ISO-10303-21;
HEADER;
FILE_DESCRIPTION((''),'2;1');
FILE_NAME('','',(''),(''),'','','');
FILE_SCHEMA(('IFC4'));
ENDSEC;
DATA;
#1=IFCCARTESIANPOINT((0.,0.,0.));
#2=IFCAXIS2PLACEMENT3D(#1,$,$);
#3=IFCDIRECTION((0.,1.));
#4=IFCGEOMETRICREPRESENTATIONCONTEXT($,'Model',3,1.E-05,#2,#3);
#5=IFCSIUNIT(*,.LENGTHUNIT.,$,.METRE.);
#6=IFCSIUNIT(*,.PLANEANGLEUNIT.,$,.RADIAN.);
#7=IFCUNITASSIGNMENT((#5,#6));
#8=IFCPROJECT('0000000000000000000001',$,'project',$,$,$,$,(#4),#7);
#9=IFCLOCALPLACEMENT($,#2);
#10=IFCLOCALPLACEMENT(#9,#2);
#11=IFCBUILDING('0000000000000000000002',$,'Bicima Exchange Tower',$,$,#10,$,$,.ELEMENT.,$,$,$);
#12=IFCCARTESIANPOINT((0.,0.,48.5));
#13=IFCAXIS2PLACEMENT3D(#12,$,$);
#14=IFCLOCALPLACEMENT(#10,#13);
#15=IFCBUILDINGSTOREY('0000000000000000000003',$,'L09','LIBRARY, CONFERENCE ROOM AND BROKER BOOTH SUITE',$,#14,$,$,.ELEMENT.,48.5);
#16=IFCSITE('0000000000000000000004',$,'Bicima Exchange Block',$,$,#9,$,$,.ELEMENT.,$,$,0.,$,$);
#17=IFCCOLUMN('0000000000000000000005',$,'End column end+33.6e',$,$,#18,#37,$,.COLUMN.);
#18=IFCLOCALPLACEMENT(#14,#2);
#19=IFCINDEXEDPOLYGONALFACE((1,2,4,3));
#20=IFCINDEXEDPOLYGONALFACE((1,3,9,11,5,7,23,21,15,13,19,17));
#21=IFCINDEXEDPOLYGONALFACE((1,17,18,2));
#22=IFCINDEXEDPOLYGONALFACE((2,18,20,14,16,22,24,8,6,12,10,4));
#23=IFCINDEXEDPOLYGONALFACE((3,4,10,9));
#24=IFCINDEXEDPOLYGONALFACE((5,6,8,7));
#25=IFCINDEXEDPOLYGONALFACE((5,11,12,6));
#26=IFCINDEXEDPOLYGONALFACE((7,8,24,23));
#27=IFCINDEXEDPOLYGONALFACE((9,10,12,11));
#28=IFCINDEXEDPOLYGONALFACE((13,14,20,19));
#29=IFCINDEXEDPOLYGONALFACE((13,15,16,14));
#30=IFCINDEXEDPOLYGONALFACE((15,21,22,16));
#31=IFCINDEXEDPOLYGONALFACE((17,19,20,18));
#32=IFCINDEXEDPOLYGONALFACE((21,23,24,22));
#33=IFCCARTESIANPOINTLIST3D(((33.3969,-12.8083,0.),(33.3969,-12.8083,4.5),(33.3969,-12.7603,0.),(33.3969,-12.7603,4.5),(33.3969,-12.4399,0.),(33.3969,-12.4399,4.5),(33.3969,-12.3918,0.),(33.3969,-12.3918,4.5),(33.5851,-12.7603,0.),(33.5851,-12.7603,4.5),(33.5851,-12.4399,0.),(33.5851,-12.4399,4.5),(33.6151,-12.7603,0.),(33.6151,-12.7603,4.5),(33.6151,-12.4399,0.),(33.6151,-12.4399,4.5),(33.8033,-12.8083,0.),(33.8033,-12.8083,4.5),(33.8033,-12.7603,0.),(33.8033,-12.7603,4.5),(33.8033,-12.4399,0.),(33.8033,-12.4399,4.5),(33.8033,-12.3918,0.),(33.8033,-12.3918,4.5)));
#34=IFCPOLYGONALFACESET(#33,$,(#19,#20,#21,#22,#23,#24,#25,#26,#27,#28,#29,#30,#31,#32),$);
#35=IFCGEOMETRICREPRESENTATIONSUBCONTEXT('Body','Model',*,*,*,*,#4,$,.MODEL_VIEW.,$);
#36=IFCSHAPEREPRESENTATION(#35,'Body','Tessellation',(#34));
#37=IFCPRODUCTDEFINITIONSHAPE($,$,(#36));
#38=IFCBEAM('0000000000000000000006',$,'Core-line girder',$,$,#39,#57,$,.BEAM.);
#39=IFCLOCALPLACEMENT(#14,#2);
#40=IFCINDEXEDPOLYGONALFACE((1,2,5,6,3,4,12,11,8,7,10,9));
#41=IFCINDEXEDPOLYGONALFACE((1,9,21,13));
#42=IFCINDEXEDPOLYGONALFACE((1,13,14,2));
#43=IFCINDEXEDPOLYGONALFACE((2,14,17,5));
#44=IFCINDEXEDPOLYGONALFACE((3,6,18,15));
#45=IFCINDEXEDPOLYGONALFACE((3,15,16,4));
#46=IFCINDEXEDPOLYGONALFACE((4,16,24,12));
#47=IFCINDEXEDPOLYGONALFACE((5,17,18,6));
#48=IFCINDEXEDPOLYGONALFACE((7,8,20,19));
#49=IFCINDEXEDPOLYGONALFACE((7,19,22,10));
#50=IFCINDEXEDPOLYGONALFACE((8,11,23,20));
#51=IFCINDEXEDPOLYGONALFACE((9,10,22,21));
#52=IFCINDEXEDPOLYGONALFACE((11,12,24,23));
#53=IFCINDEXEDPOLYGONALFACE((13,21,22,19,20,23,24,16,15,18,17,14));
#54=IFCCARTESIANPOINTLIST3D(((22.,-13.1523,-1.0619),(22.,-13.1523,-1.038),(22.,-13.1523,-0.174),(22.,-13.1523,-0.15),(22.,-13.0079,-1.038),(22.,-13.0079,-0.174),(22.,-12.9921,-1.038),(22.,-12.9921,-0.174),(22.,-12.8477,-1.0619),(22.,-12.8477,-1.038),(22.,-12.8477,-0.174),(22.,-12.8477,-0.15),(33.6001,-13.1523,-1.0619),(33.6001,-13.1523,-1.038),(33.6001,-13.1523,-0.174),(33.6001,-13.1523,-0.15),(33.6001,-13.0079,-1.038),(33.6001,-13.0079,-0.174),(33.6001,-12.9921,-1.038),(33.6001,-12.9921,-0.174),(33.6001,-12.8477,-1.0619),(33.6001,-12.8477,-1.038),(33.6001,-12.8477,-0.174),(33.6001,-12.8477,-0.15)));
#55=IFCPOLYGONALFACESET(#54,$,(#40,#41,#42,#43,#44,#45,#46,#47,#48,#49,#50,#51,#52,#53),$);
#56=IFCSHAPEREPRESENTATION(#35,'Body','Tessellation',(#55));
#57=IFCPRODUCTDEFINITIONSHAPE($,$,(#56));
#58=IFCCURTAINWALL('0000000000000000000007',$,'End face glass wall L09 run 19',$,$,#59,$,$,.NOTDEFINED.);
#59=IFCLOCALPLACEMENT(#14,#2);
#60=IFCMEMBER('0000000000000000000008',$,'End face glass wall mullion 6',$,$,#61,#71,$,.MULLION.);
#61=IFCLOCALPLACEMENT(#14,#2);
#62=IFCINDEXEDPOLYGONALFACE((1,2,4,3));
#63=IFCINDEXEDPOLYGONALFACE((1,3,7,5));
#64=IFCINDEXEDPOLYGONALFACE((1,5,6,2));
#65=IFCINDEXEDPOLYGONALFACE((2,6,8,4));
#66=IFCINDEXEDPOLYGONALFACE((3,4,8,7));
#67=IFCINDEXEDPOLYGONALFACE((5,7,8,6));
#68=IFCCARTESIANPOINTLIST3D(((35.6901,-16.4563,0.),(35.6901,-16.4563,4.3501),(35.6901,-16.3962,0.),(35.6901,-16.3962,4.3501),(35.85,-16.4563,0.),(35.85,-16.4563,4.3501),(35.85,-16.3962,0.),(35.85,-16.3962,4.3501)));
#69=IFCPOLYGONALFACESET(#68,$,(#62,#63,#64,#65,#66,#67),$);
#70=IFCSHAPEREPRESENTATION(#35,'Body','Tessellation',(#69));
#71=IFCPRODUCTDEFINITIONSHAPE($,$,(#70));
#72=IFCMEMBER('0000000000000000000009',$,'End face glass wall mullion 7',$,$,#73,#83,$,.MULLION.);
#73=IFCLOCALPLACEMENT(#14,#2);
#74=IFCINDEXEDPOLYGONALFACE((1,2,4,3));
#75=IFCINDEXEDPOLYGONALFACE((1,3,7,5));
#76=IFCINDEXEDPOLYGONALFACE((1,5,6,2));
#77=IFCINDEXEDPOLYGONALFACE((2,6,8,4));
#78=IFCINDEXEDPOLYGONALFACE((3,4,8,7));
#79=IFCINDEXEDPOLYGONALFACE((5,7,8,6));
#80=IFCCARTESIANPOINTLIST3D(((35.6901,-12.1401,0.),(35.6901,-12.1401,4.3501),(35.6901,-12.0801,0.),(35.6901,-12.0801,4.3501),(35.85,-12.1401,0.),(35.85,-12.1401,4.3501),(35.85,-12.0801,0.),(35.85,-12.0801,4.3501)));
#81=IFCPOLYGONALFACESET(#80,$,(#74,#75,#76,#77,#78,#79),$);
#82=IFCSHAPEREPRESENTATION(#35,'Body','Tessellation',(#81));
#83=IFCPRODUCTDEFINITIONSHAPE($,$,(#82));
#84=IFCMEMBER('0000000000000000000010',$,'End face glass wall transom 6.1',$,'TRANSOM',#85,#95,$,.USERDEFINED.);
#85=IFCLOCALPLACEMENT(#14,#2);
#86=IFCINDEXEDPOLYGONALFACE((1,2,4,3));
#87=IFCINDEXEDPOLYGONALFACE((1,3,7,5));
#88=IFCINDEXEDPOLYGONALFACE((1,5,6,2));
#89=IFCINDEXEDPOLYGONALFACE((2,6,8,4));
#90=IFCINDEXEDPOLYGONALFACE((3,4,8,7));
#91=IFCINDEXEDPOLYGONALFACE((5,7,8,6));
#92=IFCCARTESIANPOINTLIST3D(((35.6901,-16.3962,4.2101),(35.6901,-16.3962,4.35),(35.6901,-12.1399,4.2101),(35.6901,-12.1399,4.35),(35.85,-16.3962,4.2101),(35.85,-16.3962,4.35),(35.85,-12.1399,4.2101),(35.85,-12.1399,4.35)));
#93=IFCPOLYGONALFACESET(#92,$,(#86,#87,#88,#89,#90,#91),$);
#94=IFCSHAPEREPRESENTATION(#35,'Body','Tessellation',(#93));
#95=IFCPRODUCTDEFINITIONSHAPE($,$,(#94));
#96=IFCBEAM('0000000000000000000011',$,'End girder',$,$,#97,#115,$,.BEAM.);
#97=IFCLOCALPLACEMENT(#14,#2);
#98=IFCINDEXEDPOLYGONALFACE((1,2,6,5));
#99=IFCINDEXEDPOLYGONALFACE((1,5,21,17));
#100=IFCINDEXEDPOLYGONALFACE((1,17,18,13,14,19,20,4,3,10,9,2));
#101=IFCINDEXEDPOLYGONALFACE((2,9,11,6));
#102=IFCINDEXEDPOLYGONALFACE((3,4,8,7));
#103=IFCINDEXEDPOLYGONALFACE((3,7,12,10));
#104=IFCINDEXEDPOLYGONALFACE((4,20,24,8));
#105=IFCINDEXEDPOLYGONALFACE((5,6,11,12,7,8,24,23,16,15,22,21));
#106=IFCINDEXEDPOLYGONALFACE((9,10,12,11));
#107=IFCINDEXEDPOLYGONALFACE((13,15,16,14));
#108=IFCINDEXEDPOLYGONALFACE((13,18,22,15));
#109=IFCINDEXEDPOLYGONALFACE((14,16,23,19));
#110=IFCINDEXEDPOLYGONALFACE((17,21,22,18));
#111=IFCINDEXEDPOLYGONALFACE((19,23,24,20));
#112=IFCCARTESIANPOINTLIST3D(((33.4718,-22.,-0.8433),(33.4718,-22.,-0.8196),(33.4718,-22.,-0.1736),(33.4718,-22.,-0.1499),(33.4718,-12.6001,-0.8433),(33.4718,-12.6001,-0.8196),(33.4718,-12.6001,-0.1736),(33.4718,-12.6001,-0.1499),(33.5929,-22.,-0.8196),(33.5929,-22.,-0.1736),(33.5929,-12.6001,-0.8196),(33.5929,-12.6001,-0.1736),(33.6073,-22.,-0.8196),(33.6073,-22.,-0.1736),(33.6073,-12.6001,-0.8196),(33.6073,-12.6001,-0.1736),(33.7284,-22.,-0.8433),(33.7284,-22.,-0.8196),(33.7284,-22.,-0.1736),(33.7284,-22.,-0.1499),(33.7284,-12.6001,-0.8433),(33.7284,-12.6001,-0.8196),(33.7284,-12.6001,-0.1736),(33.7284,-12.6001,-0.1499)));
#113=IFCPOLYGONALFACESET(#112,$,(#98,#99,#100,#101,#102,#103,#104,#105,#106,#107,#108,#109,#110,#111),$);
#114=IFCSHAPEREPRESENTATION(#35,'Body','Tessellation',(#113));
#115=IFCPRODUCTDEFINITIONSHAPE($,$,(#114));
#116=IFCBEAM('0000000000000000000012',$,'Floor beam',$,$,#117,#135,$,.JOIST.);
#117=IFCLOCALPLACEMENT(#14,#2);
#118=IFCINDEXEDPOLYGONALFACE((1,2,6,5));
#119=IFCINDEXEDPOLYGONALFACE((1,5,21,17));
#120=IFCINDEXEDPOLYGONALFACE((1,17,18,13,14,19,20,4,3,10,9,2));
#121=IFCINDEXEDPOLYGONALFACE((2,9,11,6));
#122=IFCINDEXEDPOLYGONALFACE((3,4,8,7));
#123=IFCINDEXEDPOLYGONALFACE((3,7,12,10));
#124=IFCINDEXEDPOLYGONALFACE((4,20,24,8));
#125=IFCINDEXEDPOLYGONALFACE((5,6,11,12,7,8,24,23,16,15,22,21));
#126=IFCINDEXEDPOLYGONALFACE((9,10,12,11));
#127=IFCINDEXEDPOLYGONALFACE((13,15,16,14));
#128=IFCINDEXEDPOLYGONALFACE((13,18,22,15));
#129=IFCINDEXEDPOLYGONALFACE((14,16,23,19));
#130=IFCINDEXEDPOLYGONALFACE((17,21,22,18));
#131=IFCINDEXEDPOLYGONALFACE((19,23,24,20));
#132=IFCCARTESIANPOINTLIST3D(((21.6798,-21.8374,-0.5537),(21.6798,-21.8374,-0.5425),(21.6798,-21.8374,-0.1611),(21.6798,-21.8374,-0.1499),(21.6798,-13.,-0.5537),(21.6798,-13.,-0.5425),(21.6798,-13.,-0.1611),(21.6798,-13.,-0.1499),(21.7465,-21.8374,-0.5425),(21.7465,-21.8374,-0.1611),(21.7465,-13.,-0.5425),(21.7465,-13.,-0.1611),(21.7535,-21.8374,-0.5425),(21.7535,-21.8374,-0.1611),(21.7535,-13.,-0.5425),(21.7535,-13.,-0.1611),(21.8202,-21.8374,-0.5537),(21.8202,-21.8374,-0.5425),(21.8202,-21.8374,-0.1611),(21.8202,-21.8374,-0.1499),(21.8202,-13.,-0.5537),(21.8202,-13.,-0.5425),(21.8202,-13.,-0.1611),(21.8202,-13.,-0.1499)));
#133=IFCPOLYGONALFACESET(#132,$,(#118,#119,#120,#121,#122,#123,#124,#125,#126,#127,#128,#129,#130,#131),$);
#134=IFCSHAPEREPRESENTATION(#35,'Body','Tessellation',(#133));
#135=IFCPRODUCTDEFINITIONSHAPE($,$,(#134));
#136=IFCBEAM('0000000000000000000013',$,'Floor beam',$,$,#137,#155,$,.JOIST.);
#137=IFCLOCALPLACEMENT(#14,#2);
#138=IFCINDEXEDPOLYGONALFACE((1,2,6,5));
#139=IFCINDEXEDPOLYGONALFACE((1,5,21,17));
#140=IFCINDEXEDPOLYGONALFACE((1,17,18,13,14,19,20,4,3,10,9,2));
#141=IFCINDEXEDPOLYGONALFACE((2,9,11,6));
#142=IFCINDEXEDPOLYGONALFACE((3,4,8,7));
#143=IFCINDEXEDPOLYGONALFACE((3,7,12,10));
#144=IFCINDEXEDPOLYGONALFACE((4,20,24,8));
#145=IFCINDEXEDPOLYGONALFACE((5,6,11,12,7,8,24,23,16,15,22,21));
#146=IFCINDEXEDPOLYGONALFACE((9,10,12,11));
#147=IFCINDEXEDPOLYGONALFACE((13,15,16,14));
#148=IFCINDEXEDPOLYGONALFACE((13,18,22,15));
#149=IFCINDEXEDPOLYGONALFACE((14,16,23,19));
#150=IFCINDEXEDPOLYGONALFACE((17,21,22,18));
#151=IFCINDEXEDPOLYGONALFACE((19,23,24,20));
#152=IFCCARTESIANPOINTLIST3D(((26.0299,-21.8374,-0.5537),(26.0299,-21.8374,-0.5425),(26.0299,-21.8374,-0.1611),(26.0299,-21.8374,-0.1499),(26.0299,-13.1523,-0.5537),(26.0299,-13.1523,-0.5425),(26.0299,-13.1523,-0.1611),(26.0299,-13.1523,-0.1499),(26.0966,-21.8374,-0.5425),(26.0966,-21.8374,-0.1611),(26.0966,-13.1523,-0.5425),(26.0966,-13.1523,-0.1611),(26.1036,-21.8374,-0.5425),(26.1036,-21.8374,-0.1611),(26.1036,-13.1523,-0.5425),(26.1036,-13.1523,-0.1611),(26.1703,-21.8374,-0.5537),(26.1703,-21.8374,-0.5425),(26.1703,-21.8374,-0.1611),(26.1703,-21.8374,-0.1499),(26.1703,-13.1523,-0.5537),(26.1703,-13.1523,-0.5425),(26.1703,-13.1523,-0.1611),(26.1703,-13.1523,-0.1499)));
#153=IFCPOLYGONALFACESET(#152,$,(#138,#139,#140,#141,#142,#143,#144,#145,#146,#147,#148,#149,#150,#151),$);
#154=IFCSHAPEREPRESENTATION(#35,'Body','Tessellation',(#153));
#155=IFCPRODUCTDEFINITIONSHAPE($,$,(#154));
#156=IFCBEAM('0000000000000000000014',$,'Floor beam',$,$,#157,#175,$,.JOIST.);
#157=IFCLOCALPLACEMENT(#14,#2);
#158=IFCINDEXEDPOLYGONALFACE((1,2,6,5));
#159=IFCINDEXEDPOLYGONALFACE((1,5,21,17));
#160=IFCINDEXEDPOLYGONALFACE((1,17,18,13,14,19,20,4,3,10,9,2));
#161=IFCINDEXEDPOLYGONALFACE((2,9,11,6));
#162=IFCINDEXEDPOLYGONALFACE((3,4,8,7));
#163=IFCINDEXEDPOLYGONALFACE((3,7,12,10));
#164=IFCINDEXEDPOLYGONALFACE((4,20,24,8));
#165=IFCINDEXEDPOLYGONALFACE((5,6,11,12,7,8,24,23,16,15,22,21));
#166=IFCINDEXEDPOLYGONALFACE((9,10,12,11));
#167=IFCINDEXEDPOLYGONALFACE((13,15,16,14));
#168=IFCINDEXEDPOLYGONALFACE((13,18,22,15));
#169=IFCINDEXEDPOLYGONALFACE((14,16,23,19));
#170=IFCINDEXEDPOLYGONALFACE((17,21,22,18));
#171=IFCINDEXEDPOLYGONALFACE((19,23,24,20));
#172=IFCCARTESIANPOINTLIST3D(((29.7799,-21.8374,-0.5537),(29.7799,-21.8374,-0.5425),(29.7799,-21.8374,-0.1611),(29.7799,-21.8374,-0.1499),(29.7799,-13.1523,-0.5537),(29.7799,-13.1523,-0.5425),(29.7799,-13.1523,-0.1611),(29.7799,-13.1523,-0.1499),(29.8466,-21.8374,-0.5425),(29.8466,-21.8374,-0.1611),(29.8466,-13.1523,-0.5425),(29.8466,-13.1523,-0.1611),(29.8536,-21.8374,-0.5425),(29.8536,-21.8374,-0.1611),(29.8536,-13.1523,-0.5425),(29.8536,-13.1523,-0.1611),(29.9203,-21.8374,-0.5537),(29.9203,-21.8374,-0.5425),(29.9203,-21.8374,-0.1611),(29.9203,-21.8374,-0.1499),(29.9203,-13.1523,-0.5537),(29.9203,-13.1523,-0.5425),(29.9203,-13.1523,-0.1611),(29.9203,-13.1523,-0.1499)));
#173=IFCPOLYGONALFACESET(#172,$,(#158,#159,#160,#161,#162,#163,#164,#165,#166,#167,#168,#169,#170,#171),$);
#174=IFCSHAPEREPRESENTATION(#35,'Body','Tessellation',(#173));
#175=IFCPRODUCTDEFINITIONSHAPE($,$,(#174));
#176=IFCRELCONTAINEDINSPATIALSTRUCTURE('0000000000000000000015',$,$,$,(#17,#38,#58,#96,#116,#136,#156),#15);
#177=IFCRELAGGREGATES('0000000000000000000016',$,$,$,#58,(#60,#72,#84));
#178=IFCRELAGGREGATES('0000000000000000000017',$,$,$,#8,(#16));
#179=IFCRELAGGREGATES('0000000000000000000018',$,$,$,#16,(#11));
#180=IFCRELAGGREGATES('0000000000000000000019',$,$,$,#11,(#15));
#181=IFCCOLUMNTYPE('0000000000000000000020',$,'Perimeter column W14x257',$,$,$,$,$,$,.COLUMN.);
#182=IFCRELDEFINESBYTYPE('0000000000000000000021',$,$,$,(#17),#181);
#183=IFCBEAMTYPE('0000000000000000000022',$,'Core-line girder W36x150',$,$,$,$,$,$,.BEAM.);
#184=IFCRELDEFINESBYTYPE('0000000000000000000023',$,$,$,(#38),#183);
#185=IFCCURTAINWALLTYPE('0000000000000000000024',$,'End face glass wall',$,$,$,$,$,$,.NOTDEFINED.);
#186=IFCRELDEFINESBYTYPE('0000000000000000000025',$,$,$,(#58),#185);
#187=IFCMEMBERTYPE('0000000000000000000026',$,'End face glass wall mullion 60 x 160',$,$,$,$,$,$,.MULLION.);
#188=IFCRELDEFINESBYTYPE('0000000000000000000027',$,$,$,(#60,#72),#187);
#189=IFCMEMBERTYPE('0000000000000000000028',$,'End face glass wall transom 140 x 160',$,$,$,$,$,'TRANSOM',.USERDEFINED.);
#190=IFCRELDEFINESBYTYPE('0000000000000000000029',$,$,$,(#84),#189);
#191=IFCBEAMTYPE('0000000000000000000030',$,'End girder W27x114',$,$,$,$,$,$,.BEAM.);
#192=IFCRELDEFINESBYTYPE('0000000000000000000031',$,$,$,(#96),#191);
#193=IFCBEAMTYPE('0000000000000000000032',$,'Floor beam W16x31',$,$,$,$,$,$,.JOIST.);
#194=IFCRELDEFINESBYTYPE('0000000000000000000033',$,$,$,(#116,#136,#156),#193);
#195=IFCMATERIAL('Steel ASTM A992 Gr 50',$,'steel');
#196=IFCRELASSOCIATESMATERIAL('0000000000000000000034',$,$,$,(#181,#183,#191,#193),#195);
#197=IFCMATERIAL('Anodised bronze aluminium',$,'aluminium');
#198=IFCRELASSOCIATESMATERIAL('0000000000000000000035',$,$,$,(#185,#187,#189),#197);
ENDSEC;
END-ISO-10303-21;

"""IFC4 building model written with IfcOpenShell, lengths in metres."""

from ifc_helpers import new_model, si_unit, direction, frame, origin, origin_2d, place, context, subcontext, project, spatial, rectangle, i_section, extrude, material, material_profile, profile_set, type_object, element, aggregate, save


model = new_model("IFC4")

# Units and contexts
model_context = context("Model", 3, precision=1e-05, world=origin(), true_north=direction((0.0, 1.0)))
body_context = subcontext(model_context, "Body", "Model", "MODEL_VIEW")
ifc_project = project(units=[si_unit("LENGTHUNIT", "METRE"), si_unit("PLANEANGLEUNIT", "RADIAN")], contexts=[model_context])

# Site, building, storey
site_placement = place(None, origin())
site = spatial("IfcSite", under=ifc_project, at=site_placement, Name="Bicima Exchange Block", CompositionType="ELEMENT", RefElevation=0.0)
building_placement = place(site_placement, origin())
building = spatial("IfcBuilding", under=site, at=building_placement, Name="Bicima Exchange Tower", CompositionType="ELEMENT")
storey_placement = place(building_placement, frame((0.0, 0.0, 48.5)))
storey = spatial("IfcBuildingStorey", under=building, at=storey_placement, Name="L09", Description="LIBRARY, CONFERENCE ROOM AND BROKER BOOTH SUITE", CompositionType="ELEMENT", Elevation=48.5)

# Column
ifc_material_1 = material(Name="Steel ASTM A992 Gr 50", Category="steel")
ifc_material_profile_1 = material_profile(ifc_material_1, i_section(OverallWidth=0.4065, OverallDepth=0.4165, WebThickness=0.03, FlangeThickness=0.0481, at=origin_2d()))
ifc_profile_set_1 = profile_set([ifc_material_profile_1], Name="Steel ASTM A992 Gr 50")
column_type = type_object("IfcColumnType", Name="Perimeter column W14x257", PredefinedType="COLUMN", material=ifc_profile_set_1)
column_placement = place(storey_placement, frame((33.6001, -12.6001, 0.0), z_axis=(0.0, 0.0, 1.0), x_axis=(1.0, 0.0, 0.0)))
element("IfcColumn", 1, at=column_placement, inside=storey, type_object=column_type, Name="End column end+33.6e", PredefinedType="COLUMN", context=body_context, shape_type="SweptSolid", body=[
    extrude(i_section(OverallWidth=0.4065, OverallDepth=0.4165, WebThickness=0.03, FlangeThickness=0.0481, at=origin_2d()), origin(), (0.0, 0.0, 1.0), 4.5),
])

# Beam
ifc_material_profile_2 = material_profile(ifc_material_1, i_section(OverallWidth=0.3047, OverallDepth=0.9119, WebThickness=0.0159, FlangeThickness=0.0239, at=origin_2d()))
ifc_profile_set_2 = profile_set([ifc_material_profile_2], Name="Steel ASTM A992 Gr 50")
beam_type_1 = type_object("IfcBeamType", Name="Core-line girder W36x150", PredefinedType="BEAM", material=ifc_profile_set_2)
beam_1_placement = place(storey_placement, frame((22.0, -13.0, -0.606), z_axis=(1.0, 0.0, 0.0), x_axis=(0.0, 1.0, 0.0)))
element("IfcBeam", 2, at=beam_1_placement, inside=storey, type_object=beam_type_1, Name="Core-line girder", PredefinedType="BEAM", context=body_context, shape_type="SweptSolid", body=[
    extrude(i_section(OverallWidth=0.3047, OverallDepth=0.9119, WebThickness=0.0159, FlangeThickness=0.0239, at=origin_2d()), origin(), (0.0, 0.0, 1.0), 11.6001),
])

# Curtain wall, members
ifc_material_2 = material(Name="Anodised bronze aluminium", Category="aluminium")
curtain_wall_type = type_object("IfcCurtainWallType", Name="End face glass wall", PredefinedType="NOTDEFINED", material=ifc_material_2)
curtain_wall_placement = place(storey_placement, origin())
curtain_wall = element("IfcCurtainWall", 3, at=curtain_wall_placement, inside=storey, type_object=curtain_wall_type, Name="End face glass wall L09 run 19", PredefinedType="NOTDEFINED")
ifc_material_profile_3 = material_profile(ifc_material_2, rectangle(XDim=0.1599, YDim=0.0601, at=origin_2d()))
ifc_profile_set_3 = profile_set([ifc_material_profile_3], Name="Anodised bronze aluminium")
member_type_1 = type_object("IfcMemberType", Name="End face glass wall mullion 60 x 160", PredefinedType="MULLION", material=ifc_profile_set_3)
member_1_placement = place(storey_placement, frame((35.77, -16.4263, 0.0), z_axis=(0.0, 0.0, 1.0), x_axis=(-1.0, 0.0, 0.0)))
member_1 = element("IfcMember", 4, at=member_1_placement, type_object=member_type_1, Name="End face glass wall mullion 6", PredefinedType="MULLION", context=body_context, shape_type="SweptSolid", body=[
    extrude(rectangle(XDim=0.1599, YDim=0.0601, at=origin_2d()), origin(), (0.0, 0.0, 1.0), 4.3501),
])
member_2_placement = place(storey_placement, frame((35.77, -12.1101, 0.0), z_axis=(0.0, 0.0, 1.0), x_axis=(-1.0, 0.0, 0.0)))
member_2 = element("IfcMember", 5, at=member_2_placement, type_object=member_type_1, Name="End face glass wall mullion 7", PredefinedType="MULLION", context=body_context, shape_type="SweptSolid", body=[
    extrude(rectangle(XDim=0.1599, YDim=0.0601, at=origin_2d()), origin(), (0.0, 0.0, 1.0), 4.3501),
])
ifc_material_profile_4 = material_profile(ifc_material_2, rectangle(XDim=0.1599, YDim=0.1399, at=origin_2d()))
ifc_profile_set_4 = profile_set([ifc_material_profile_4], Name="Anodised bronze aluminium")
member_type_2 = type_object("IfcMemberType", Name="End face glass wall transom 140 x 160", ElementType="TRANSOM", PredefinedType="USERDEFINED", material=ifc_profile_set_4)
member_3_placement = place(storey_placement, frame((35.77, -16.3962, 4.28), z_axis=(0.0, 1.0, 0.0), x_axis=(-1.0, 0.0, 0.0)))
member_3 = element("IfcMember", 6, at=member_3_placement, type_object=member_type_2, Name="End face glass wall transom 6.1", ObjectType="TRANSOM", PredefinedType="USERDEFINED", context=body_context, shape_type="SweptSolid", body=[
    extrude(rectangle(XDim=0.1599, YDim=0.1399, at=origin_2d()), origin(), (0.0, 0.0, 1.0), 4.2563),
])

# Beams
ifc_material_profile_5 = material_profile(ifc_material_1, i_section(OverallWidth=0.2566, OverallDepth=0.6934, WebThickness=0.0144, FlangeThickness=0.0237, at=origin_2d()))
ifc_profile_set_5 = profile_set([ifc_material_profile_5], Name="Steel ASTM A992 Gr 50")
beam_type_2 = type_object("IfcBeamType", Name="End girder W27x114", PredefinedType="BEAM", material=ifc_profile_set_5)
beam_2_placement = place(storey_placement, frame((33.6001, -12.6001, -0.4966), z_axis=(0.0, -1.0, 0.0), x_axis=(1.0, 0.0, 0.0)))
element("IfcBeam", 7, at=beam_2_placement, inside=storey, type_object=beam_type_2, Name="End girder", PredefinedType="BEAM", context=body_context, shape_type="SweptSolid", body=[
    extrude(i_section(OverallWidth=0.2566, OverallDepth=0.6934, WebThickness=0.0144, FlangeThickness=0.0237, at=origin_2d()), origin(), (0.0, 0.0, 1.0), 9.3999),
])
ifc_material_profile_6 = material_profile(ifc_material_1, i_section(OverallWidth=0.1404, OverallDepth=0.4038, WebThickness=0.0071, FlangeThickness=0.0112, at=origin_2d()))
ifc_profile_set_6 = profile_set([ifc_material_profile_6], Name="Steel ASTM A992 Gr 50")
beam_type_3 = type_object("IfcBeamType", Name="Floor beam W16x31", PredefinedType="JOIST", material=ifc_profile_set_6)
beam_3_placement = place(storey_placement, frame((21.75, -13.0, -0.3518), z_axis=(0.0, -1.0, 0.0), x_axis=(1.0, 0.0, 0.0)))
element("IfcBeam", 8, at=beam_3_placement, inside=storey, type_object=beam_type_3, Name="Floor beam", PredefinedType="JOIST", context=body_context, shape_type="SweptSolid", body=[
    extrude(i_section(OverallWidth=0.1404, OverallDepth=0.4038, WebThickness=0.0071, FlangeThickness=0.0112, at=origin_2d()), origin(), (0.0, 0.0, 1.0), 8.8374),
])
for number, where, z_axis, x_axis, name in (
    (9, (26.1001, -13.1523, -0.3518), (0.0, -1.0, 0.0), (1.0, 0.0, 0.0), "Floor beam"),
    (10, (29.8501, -13.1523, -0.3518), (0.0, -1.0, 0.0), (1.0, 0.0, 0.0), "Floor beam"),
):
    element("IfcBeam", number, at=place(storey_placement, frame(where, z_axis=z_axis, x_axis=x_axis)), inside=storey, type_object=beam_type_3, Name=name, PredefinedType="JOIST", context=body_context, shape_type="SweptSolid", body=[
        extrude(i_section(OverallWidth=0.1404, OverallDepth=0.4038, WebThickness=0.0071, FlangeThickness=0.0112, at=origin_2d()), origin(), (0.0, 0.0, 1.0), 8.6851),
    ])

aggregate(curtain_wall, [member_1, member_2, member_3])

save(model, "model.ifc")
